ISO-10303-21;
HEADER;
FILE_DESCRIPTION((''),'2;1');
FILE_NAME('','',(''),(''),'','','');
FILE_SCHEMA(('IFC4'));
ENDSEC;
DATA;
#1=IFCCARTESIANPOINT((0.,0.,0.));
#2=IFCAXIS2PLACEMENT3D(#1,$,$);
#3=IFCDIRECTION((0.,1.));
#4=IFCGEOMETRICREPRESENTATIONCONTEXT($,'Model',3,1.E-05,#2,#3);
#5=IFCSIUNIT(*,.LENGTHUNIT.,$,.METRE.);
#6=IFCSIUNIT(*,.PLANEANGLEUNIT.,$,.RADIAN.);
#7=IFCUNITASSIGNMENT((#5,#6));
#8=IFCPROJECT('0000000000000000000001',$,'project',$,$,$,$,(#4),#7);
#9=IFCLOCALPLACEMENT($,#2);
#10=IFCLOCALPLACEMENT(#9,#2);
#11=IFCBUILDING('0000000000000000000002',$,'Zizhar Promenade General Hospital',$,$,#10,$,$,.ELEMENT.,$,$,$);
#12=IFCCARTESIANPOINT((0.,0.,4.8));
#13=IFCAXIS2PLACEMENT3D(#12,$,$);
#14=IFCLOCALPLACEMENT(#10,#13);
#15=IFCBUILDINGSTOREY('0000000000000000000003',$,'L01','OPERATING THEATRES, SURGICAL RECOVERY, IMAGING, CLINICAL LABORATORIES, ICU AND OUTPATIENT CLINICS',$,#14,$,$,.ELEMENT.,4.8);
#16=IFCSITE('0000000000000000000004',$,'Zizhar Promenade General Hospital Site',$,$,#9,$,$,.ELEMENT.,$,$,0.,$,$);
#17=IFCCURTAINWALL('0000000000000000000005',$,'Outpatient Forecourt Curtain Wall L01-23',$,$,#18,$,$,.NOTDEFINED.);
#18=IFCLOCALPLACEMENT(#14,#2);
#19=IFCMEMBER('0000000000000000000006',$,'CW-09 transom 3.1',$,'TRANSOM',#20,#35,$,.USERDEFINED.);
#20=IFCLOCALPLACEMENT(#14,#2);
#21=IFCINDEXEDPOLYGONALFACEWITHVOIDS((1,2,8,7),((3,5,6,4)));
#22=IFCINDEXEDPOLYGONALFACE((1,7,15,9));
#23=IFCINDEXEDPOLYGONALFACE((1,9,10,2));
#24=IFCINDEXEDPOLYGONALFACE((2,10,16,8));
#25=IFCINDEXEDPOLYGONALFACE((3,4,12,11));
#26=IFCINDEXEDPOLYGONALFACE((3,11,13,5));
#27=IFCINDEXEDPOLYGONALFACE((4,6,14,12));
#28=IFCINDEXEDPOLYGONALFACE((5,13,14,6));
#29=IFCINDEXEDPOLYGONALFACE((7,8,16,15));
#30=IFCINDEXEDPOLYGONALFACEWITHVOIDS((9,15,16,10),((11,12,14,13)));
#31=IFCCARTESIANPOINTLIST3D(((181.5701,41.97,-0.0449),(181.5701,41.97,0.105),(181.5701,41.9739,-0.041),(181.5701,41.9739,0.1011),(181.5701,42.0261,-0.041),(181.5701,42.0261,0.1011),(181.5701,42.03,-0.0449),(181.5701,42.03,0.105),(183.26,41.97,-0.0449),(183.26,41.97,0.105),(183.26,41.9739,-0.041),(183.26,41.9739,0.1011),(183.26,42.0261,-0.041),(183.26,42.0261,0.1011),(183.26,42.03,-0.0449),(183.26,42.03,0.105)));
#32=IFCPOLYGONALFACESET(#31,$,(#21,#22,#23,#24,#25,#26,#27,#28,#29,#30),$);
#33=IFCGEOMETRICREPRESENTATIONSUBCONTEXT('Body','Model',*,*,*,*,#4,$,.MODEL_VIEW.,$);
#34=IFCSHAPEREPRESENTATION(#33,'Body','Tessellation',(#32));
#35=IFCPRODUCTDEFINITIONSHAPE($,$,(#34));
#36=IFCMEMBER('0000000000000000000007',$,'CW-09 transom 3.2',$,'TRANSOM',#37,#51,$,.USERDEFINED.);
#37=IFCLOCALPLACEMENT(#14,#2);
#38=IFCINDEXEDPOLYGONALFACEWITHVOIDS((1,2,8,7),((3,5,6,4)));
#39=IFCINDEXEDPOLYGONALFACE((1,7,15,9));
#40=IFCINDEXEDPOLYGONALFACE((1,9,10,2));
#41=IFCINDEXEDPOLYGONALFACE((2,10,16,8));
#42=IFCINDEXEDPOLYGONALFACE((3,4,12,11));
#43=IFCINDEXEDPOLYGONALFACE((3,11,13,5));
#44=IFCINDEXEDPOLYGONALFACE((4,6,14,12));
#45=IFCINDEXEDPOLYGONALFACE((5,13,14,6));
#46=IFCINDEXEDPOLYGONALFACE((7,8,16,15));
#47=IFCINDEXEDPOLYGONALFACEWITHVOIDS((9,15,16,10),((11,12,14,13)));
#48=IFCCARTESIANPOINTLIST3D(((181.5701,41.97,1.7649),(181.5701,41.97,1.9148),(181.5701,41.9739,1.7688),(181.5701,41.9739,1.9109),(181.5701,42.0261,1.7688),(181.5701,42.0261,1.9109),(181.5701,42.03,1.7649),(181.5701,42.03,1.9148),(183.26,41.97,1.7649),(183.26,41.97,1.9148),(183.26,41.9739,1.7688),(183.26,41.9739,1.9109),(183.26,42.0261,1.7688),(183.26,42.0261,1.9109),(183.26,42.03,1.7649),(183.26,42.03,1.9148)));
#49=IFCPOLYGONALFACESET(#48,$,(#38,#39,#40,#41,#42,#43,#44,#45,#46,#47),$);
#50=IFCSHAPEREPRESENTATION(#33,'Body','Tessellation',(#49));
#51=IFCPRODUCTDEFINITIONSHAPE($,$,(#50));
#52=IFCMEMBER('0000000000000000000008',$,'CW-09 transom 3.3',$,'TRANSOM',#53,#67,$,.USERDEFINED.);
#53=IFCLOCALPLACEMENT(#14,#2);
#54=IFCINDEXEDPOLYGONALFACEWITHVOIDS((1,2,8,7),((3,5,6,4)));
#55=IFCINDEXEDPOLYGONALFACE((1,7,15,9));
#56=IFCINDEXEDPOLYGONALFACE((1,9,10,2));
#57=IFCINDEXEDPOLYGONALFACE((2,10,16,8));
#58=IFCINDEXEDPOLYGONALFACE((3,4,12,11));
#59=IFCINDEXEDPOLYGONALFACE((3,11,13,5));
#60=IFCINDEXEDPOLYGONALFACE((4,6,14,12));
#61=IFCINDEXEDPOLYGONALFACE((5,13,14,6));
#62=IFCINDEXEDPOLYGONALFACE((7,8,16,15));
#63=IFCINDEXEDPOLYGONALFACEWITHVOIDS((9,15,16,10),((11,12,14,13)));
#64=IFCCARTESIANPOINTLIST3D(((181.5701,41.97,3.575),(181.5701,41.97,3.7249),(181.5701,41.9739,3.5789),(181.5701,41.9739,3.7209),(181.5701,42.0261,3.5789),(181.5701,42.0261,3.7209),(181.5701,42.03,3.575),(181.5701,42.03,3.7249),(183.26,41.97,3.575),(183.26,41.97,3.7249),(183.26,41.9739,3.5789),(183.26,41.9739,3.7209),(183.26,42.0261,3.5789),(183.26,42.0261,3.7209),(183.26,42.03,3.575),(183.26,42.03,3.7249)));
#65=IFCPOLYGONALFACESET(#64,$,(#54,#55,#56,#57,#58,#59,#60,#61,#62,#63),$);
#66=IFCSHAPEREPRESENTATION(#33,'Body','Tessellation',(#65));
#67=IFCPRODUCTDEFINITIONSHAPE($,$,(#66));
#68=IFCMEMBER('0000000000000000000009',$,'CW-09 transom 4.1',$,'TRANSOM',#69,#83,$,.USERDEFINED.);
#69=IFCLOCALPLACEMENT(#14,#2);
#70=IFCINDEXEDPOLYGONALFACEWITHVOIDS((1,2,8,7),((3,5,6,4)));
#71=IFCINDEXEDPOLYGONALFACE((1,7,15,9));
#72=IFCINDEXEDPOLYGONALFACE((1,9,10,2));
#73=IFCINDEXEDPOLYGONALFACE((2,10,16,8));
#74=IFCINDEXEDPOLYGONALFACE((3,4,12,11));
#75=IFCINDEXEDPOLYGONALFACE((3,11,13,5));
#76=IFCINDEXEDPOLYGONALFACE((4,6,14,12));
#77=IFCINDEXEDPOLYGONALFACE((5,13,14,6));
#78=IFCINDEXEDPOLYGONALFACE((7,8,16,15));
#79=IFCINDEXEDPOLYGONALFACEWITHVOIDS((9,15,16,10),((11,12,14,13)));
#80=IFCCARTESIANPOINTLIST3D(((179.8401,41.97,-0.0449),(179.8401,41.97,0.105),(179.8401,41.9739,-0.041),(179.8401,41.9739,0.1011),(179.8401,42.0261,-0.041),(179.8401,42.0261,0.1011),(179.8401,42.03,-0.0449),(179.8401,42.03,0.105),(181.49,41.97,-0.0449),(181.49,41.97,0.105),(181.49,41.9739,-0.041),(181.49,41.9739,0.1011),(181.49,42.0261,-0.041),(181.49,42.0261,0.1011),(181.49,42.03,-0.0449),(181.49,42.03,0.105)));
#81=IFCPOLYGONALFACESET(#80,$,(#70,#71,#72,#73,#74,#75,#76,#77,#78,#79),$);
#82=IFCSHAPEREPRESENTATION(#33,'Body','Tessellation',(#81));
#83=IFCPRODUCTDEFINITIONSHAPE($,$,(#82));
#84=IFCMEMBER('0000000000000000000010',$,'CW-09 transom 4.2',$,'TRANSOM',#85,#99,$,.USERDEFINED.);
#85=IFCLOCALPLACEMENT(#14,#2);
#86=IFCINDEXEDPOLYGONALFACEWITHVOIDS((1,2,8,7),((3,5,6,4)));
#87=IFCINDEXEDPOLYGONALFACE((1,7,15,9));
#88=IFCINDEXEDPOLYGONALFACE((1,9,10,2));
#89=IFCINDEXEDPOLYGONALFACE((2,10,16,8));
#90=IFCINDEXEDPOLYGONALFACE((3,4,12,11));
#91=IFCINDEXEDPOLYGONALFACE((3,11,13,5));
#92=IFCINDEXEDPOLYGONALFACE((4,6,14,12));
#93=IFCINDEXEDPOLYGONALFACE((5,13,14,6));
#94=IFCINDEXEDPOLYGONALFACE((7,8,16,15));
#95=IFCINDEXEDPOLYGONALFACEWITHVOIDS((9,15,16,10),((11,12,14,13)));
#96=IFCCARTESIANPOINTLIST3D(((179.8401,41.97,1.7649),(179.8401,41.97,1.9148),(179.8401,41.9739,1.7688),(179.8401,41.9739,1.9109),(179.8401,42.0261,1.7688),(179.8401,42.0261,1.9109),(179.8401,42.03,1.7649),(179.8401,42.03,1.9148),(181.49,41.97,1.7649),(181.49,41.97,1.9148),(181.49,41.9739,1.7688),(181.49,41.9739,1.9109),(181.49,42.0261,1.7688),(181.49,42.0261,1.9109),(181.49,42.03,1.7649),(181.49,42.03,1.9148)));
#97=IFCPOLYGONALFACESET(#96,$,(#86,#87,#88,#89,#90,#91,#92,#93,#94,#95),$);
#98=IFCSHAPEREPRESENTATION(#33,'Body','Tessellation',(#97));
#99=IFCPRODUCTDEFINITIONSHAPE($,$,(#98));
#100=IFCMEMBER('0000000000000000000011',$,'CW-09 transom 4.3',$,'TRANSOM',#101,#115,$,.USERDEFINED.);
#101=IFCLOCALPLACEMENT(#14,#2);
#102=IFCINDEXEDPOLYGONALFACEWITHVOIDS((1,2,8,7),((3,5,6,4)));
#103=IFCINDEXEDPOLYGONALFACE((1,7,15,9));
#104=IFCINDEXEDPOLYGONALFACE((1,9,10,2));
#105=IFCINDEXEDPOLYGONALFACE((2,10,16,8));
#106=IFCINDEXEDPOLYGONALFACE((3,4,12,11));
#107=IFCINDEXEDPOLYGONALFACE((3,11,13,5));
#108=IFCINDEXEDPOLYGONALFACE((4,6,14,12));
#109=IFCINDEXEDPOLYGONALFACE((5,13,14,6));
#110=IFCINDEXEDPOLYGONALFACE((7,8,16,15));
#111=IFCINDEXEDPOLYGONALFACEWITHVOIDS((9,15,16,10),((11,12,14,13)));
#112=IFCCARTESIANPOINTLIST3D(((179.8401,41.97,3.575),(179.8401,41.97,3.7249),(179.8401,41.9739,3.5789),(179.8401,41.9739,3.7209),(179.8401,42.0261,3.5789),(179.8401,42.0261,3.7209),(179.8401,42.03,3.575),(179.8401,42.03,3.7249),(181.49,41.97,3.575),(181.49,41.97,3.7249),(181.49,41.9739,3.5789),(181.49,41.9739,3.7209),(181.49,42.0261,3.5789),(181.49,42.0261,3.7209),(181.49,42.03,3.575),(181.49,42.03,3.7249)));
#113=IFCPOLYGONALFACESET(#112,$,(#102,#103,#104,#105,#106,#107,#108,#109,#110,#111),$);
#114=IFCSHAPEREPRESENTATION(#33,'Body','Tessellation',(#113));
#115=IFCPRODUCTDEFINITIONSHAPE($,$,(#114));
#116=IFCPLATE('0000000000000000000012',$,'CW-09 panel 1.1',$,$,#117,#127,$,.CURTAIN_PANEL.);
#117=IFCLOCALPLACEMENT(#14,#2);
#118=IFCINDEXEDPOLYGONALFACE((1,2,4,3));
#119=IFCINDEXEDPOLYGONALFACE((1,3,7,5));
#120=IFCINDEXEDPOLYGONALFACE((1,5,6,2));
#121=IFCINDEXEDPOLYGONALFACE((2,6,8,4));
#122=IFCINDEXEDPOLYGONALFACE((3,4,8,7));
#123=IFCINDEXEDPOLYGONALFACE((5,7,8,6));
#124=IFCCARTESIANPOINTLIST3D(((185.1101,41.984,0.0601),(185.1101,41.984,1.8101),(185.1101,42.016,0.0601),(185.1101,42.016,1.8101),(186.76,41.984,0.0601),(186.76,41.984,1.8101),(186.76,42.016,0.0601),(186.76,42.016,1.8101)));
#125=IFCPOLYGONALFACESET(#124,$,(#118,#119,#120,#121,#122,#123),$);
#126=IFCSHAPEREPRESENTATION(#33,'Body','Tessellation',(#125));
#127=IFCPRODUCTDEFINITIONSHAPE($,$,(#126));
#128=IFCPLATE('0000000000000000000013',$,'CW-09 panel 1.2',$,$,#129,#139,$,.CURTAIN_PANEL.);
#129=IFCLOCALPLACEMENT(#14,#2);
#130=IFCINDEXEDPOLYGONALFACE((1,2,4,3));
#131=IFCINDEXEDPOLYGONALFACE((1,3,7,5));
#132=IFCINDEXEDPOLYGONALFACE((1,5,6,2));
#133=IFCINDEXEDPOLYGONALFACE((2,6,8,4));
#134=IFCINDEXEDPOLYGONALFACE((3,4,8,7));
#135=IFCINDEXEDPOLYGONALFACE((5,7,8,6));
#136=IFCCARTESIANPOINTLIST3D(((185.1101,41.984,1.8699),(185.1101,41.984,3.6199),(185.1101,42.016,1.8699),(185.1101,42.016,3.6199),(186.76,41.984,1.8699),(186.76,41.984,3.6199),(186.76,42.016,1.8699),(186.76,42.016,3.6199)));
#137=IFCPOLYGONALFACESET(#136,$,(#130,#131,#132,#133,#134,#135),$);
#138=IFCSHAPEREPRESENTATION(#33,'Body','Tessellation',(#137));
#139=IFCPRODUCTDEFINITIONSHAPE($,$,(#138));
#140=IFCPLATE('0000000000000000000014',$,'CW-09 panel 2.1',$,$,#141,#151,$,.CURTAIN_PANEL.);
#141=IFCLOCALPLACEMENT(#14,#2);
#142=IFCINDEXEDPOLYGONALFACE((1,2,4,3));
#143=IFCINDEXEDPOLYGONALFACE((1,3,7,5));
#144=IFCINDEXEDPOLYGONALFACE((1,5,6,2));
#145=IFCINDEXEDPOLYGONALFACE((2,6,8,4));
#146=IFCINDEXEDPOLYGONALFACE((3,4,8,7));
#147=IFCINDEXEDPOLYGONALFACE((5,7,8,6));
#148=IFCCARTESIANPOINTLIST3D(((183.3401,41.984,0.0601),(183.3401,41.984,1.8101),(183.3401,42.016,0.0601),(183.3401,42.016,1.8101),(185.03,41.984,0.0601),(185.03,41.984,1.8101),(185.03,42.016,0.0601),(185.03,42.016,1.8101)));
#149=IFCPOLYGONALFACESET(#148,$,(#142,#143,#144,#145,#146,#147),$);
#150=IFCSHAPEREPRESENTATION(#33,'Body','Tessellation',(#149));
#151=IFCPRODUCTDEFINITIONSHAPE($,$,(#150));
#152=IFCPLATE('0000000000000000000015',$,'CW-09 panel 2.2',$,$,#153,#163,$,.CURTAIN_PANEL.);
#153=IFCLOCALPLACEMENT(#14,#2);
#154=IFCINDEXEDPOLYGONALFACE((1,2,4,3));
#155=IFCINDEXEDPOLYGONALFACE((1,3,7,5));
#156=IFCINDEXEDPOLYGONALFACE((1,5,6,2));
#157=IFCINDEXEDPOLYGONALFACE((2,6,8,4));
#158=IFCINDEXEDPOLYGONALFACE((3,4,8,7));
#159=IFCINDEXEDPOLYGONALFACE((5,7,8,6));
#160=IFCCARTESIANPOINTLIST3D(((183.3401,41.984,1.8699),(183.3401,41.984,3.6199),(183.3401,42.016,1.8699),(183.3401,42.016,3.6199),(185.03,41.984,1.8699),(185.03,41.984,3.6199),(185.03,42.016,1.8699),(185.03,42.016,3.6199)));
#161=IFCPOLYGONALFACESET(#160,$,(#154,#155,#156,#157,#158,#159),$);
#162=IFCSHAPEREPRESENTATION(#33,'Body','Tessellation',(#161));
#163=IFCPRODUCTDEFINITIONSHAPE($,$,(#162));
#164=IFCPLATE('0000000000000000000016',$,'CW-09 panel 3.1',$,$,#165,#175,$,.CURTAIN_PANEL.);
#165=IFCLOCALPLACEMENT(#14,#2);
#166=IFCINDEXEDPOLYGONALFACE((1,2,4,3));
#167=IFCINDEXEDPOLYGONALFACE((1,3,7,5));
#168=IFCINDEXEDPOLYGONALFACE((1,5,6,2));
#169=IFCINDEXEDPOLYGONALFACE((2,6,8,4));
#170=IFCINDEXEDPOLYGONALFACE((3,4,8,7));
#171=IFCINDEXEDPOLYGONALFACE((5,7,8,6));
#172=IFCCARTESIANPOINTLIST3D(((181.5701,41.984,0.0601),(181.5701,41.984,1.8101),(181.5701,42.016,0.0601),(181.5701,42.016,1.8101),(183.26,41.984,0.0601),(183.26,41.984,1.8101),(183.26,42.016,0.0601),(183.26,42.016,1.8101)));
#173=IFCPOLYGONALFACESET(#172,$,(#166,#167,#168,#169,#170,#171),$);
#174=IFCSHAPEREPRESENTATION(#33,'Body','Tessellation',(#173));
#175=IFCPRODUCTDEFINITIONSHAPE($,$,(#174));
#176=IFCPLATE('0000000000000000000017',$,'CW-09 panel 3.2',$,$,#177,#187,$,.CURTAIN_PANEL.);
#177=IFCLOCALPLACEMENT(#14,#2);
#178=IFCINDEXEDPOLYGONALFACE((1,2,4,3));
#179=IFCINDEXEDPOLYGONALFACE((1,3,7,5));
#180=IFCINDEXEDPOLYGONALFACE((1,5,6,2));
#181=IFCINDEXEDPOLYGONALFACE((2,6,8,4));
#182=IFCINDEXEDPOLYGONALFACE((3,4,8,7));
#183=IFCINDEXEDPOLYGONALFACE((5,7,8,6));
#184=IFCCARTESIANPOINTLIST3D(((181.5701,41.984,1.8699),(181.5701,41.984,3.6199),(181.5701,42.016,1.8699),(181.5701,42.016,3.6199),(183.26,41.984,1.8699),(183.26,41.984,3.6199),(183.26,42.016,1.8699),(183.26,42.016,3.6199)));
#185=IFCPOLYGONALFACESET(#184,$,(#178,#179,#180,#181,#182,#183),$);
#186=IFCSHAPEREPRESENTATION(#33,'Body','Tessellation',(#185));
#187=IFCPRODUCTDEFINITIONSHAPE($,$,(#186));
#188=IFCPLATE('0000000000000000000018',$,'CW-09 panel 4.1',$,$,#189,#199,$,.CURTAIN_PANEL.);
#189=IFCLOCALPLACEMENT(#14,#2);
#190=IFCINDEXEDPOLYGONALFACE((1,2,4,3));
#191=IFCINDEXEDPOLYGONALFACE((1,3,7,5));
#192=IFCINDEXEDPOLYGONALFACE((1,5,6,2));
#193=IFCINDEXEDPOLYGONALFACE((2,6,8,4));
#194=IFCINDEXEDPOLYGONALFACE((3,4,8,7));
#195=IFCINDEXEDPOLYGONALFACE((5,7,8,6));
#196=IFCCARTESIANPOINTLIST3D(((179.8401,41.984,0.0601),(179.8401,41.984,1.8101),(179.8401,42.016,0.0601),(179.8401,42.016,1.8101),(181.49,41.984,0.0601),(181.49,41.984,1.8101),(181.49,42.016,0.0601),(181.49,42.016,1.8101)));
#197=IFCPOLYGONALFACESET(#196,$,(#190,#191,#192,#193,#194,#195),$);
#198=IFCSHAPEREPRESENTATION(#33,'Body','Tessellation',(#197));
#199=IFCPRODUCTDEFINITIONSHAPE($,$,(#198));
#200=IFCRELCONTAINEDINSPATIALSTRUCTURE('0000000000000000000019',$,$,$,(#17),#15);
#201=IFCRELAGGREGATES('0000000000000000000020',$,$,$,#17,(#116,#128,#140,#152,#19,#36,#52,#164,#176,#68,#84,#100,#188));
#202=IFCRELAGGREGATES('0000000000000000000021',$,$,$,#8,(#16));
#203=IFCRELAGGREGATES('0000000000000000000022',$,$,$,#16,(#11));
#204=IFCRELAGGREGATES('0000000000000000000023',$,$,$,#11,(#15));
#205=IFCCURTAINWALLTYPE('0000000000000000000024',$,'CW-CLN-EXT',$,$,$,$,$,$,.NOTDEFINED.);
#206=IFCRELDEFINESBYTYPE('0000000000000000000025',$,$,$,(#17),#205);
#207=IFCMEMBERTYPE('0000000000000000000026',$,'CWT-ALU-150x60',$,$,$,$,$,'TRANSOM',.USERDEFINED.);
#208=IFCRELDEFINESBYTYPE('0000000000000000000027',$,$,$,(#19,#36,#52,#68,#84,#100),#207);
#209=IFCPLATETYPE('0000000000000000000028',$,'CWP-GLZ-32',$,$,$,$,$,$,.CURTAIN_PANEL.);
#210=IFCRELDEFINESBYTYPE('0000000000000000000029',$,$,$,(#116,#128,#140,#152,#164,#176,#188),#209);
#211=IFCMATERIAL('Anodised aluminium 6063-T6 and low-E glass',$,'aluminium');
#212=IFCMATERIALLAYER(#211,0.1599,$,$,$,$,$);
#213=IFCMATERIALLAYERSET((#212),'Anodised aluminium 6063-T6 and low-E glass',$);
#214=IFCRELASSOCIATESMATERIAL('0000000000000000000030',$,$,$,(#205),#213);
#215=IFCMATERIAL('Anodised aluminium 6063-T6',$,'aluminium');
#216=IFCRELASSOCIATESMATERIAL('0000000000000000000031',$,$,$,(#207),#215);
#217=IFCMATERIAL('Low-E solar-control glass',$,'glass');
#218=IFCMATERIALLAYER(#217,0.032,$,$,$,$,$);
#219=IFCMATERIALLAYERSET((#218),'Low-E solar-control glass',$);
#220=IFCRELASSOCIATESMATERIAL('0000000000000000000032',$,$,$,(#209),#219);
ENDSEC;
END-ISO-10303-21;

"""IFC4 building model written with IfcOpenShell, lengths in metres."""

from ifc_helpers import new_model, si_unit, direction, frame, origin, origin_2d, place, context, subcontext, project, spatial, rectangle, hollow_rectangle, extrude, material, layer, layer_set, material_profile, profile_set, type_object, element, aggregate, save


model = new_model("IFC4")

# Units and contexts
model_context = context("Model", 3, precision=1e-05, world=origin(), true_north=direction((0.0, 1.0)))
body_context = subcontext(model_context, "Body", "Model", "MODEL_VIEW")
ifc_project = project(units=[si_unit("LENGTHUNIT", "METRE"), si_unit("PLANEANGLEUNIT", "RADIAN")], contexts=[model_context])

# Site, building, storey
site_placement = place(None, origin())
site = spatial("IfcSite", under=ifc_project, at=site_placement, Name="Zizhar Promenade General Hospital Site", CompositionType="ELEMENT", RefElevation=0.0)
building_placement = place(site_placement, origin())
building = spatial("IfcBuilding", under=site, at=building_placement, Name="Zizhar Promenade General Hospital", CompositionType="ELEMENT")
storey_placement = place(building_placement, frame((0.0, 0.0, 4.8)))
storey = spatial("IfcBuildingStorey", under=building, at=storey_placement, Name="L01", Description="OPERATING THEATRES, SURGICAL RECOVERY, IMAGING, CLINICAL LABORATORIES, ICU AND OUTPATIENT CLINICS", CompositionType="ELEMENT", Elevation=4.8)

# Curtain wall, members, plates
ifc_material_1 = material(Name="Anodised aluminium 6063-T6 and low-E glass", Category="aluminium")
ifc_layer_1 = layer(ifc_material_1, 0.1599)
ifc_layer_set_1 = layer_set([ifc_layer_1], Name="Anodised aluminium 6063-T6 and low-E glass")
curtain_wall_type = type_object("IfcCurtainWallType", Name="CW-CLN-EXT", PredefinedType="NOTDEFINED", material=ifc_layer_set_1)
curtain_wall_placement = place(storey_placement, origin())
curtain_wall = element("IfcCurtainWall", 1, at=curtain_wall_placement, inside=storey, type_object=curtain_wall_type, Name="Outpatient Forecourt Curtain Wall L01-23", PredefinedType="NOTDEFINED")
ifc_material_2 = material(Name="Anodised aluminium 6063-T6", Category="aluminium")
ifc_material_profile_1 = material_profile(ifc_material_2, hollow_rectangle(XDim=0.0601, YDim=0.1499, WallThickness=0.0039, at=origin_2d()))
ifc_profile_set_1 = profile_set([ifc_material_profile_1], Name="Anodised aluminium 6063-T6")
member_type_1 = type_object("IfcMemberType", Name="CWT-ALU-150x60", ElementType="TRANSOM", PredefinedType="USERDEFINED", material=ifc_profile_set_1)
member_1_placement = place(storey_placement, frame((183.26, 42.0, 0.03), z_axis=(-1.0, 0.0, 0.0), x_axis=(0.0, -1.0, 0.0)))
member_1 = element("IfcMember", 2, at=member_1_placement, type_object=member_type_1, Name="CW-09 transom 3.1", ObjectType="TRANSOM", PredefinedType="USERDEFINED", context=body_context, shape_type="SweptSolid", body=[
    extrude(hollow_rectangle(XDim=0.0601, YDim=0.1499, WallThickness=0.0039, at=origin_2d()), origin(), (0.0, 0.0, 1.0), 1.6899),
])
member_2_placement = place(storey_placement, frame((183.26, 42.0, 1.8398), z_axis=(-1.0, 0.0, 0.0), x_axis=(0.0, -1.0, 0.0)))
member_2 = element("IfcMember", 3, at=member_2_placement, type_object=member_type_1, Name="CW-09 transom 3.2", ObjectType="TRANSOM", PredefinedType="USERDEFINED", context=body_context, shape_type="SweptSolid", body=[
    extrude(hollow_rectangle(XDim=0.0601, YDim=0.1499, WallThickness=0.0039, at=origin_2d()), origin(), (0.0, 0.0, 1.0), 1.6899),
])
member_3_placement = place(storey_placement, frame((183.26, 42.0, 3.6499), z_axis=(-1.0, 0.0, 0.0), x_axis=(0.0, -1.0, 0.0)))
member_3 = element("IfcMember", 4, at=member_3_placement, type_object=member_type_1, Name="CW-09 transom 3.3", ObjectType="TRANSOM", PredefinedType="USERDEFINED", context=body_context, shape_type="SweptSolid", body=[
    extrude(hollow_rectangle(XDim=0.0601, YDim=0.1499, WallThickness=0.0039, at=origin_2d()), origin(), (0.0, 0.0, 1.0), 1.6899),
])
member_4_placement = place(storey_placement, frame((181.49, 42.0, 0.03), z_axis=(-1.0, 0.0, 0.0), x_axis=(0.0, -1.0, 0.0)))
member_4 = element("IfcMember", 5, at=member_4_placement, type_object=member_type_1, Name="CW-09 transom 4.1", ObjectType="TRANSOM", PredefinedType="USERDEFINED", context=body_context, shape_type="SweptSolid", body=[
    extrude(hollow_rectangle(XDim=0.0601, YDim=0.1499, WallThickness=0.0039, at=origin_2d()), origin(), (0.0, 0.0, 1.0), 1.6499),
])
member_5_placement = place(storey_placement, frame((181.49, 42.0, 1.8398), z_axis=(-1.0, 0.0, 0.0), x_axis=(0.0, -1.0, 0.0)))
member_5 = element("IfcMember", 6, at=member_5_placement, type_object=member_type_1, Name="CW-09 transom 4.2", ObjectType="TRANSOM", PredefinedType="USERDEFINED", context=body_context, shape_type="SweptSolid", body=[
    extrude(hollow_rectangle(XDim=0.0601, YDim=0.1499, WallThickness=0.0039, at=origin_2d()), origin(), (0.0, 0.0, 1.0), 1.6499),
])
member_6_placement = place(storey_placement, frame((181.49, 42.0, 3.6499), z_axis=(-1.0, 0.0, 0.0), x_axis=(0.0, -1.0, 0.0)))
member_6 = element("IfcMember", 7, at=member_6_placement, type_object=member_type_1, Name="CW-09 transom 4.3", ObjectType="TRANSOM", PredefinedType="USERDEFINED", context=body_context, shape_type="SweptSolid", body=[
    extrude(hollow_rectangle(XDim=0.0601, YDim=0.1499, WallThickness=0.0039, at=origin_2d()), origin(), (0.0, 0.0, 1.0), 1.6499),
])
ifc_material_3 = material(Name="Low-E solar-control glass", Category="glass")
ifc_layer_2 = layer(ifc_material_3, 0.032)
ifc_layer_set_2 = layer_set([ifc_layer_2], Name="Low-E solar-control glass")
plate_type = type_object("IfcPlateType", Name="CWP-GLZ-32", PredefinedType="CURTAIN_PANEL", material=ifc_layer_set_2)
plate_1_placement = place(storey_placement, frame((185.9351, 42.0, 0.0601), z_axis=(0.0, 0.0, 1.0), x_axis=(-1.0, 0.0, 0.0)))
plate_1 = element("IfcPlate", 8, at=plate_1_placement, type_object=plate_type, Name="CW-09 panel 1.1", PredefinedType="CURTAIN_PANEL", context=body_context, shape_type="SweptSolid", body=[
    extrude(rectangle(XDim=1.6499, YDim=0.032, at=origin_2d()), origin(), (0.0, 0.0, 1.0), 1.75),
])
plate_2_placement = place(storey_placement, frame((185.9351, 42.0, 1.8699), z_axis=(0.0, 0.0, 1.0), x_axis=(-1.0, 0.0, 0.0)))
plate_2 = element("IfcPlate", 9, at=plate_2_placement, type_object=plate_type, Name="CW-09 panel 1.2", PredefinedType="CURTAIN_PANEL", context=body_context, shape_type="SweptSolid", body=[
    extrude(rectangle(XDim=1.6499, YDim=0.032, at=origin_2d()), origin(), (0.0, 0.0, 1.0), 1.75),
])
plate_3_placement = place(storey_placement, frame((184.1851, 42.0, 0.0601), z_axis=(0.0, 0.0, 1.0), x_axis=(-1.0, 0.0, 0.0)))
plate_3 = element("IfcPlate", 10, at=plate_3_placement, type_object=plate_type, Name="CW-09 panel 2.1", PredefinedType="CURTAIN_PANEL", context=body_context, shape_type="SweptSolid", body=[
    extrude(rectangle(XDim=1.6899, YDim=0.032, at=origin_2d()), origin(), (0.0, 0.0, 1.0), 1.75),
])
plate_4_placement = place(storey_placement, frame((184.1851, 42.0, 1.8699), z_axis=(0.0, 0.0, 1.0), x_axis=(-1.0, 0.0, 0.0)))
plate_4 = element("IfcPlate", 11, at=plate_4_placement, type_object=plate_type, Name="CW-09 panel 2.2", PredefinedType="CURTAIN_PANEL", context=body_context, shape_type="SweptSolid", body=[
    extrude(rectangle(XDim=1.6899, YDim=0.032, at=origin_2d()), origin(), (0.0, 0.0, 1.0), 1.75),
])
plate_5_placement = place(storey_placement, frame((182.415, 42.0, 0.0601), z_axis=(0.0, 0.0, 1.0), x_axis=(-1.0, 0.0, 0.0)))
plate_5 = element("IfcPlate", 12, at=plate_5_placement, type_object=plate_type, Name="CW-09 panel 3.1", PredefinedType="CURTAIN_PANEL", context=body_context, shape_type="SweptSolid", body=[
    extrude(rectangle(XDim=1.6899, YDim=0.032, at=origin_2d()), origin(), (0.0, 0.0, 1.0), 1.75),
])
plate_6_placement = place(storey_placement, frame((182.415, 42.0, 1.8699), z_axis=(0.0, 0.0, 1.0), x_axis=(-1.0, 0.0, 0.0)))
plate_6 = element("IfcPlate", 13, at=plate_6_placement, type_object=plate_type, Name="CW-09 panel 3.2", PredefinedType="CURTAIN_PANEL", context=body_context, shape_type="SweptSolid", body=[
    extrude(rectangle(XDim=1.6899, YDim=0.032, at=origin_2d()), origin(), (0.0, 0.0, 1.0), 1.75),
])
plate_7_placement = place(storey_placement, frame((180.665, 42.0, 0.0601), z_axis=(0.0, 0.0, 1.0), x_axis=(-1.0, 0.0, 0.0)))
plate_7 = element("IfcPlate", 14, at=plate_7_placement, type_object=plate_type, Name="CW-09 panel 4.1", PredefinedType="CURTAIN_PANEL", context=body_context, shape_type="SweptSolid", body=[
    extrude(rectangle(XDim=1.6499, YDim=0.032, at=origin_2d()), origin(), (0.0, 0.0, 1.0), 1.75),
])
aggregate(curtain_wall, [plate_1, plate_2, plate_3, plate_4, member_1, member_2, member_3, plate_5, plate_6, member_4, member_5, member_6, plate_7])

save(model, "model.ifc")
